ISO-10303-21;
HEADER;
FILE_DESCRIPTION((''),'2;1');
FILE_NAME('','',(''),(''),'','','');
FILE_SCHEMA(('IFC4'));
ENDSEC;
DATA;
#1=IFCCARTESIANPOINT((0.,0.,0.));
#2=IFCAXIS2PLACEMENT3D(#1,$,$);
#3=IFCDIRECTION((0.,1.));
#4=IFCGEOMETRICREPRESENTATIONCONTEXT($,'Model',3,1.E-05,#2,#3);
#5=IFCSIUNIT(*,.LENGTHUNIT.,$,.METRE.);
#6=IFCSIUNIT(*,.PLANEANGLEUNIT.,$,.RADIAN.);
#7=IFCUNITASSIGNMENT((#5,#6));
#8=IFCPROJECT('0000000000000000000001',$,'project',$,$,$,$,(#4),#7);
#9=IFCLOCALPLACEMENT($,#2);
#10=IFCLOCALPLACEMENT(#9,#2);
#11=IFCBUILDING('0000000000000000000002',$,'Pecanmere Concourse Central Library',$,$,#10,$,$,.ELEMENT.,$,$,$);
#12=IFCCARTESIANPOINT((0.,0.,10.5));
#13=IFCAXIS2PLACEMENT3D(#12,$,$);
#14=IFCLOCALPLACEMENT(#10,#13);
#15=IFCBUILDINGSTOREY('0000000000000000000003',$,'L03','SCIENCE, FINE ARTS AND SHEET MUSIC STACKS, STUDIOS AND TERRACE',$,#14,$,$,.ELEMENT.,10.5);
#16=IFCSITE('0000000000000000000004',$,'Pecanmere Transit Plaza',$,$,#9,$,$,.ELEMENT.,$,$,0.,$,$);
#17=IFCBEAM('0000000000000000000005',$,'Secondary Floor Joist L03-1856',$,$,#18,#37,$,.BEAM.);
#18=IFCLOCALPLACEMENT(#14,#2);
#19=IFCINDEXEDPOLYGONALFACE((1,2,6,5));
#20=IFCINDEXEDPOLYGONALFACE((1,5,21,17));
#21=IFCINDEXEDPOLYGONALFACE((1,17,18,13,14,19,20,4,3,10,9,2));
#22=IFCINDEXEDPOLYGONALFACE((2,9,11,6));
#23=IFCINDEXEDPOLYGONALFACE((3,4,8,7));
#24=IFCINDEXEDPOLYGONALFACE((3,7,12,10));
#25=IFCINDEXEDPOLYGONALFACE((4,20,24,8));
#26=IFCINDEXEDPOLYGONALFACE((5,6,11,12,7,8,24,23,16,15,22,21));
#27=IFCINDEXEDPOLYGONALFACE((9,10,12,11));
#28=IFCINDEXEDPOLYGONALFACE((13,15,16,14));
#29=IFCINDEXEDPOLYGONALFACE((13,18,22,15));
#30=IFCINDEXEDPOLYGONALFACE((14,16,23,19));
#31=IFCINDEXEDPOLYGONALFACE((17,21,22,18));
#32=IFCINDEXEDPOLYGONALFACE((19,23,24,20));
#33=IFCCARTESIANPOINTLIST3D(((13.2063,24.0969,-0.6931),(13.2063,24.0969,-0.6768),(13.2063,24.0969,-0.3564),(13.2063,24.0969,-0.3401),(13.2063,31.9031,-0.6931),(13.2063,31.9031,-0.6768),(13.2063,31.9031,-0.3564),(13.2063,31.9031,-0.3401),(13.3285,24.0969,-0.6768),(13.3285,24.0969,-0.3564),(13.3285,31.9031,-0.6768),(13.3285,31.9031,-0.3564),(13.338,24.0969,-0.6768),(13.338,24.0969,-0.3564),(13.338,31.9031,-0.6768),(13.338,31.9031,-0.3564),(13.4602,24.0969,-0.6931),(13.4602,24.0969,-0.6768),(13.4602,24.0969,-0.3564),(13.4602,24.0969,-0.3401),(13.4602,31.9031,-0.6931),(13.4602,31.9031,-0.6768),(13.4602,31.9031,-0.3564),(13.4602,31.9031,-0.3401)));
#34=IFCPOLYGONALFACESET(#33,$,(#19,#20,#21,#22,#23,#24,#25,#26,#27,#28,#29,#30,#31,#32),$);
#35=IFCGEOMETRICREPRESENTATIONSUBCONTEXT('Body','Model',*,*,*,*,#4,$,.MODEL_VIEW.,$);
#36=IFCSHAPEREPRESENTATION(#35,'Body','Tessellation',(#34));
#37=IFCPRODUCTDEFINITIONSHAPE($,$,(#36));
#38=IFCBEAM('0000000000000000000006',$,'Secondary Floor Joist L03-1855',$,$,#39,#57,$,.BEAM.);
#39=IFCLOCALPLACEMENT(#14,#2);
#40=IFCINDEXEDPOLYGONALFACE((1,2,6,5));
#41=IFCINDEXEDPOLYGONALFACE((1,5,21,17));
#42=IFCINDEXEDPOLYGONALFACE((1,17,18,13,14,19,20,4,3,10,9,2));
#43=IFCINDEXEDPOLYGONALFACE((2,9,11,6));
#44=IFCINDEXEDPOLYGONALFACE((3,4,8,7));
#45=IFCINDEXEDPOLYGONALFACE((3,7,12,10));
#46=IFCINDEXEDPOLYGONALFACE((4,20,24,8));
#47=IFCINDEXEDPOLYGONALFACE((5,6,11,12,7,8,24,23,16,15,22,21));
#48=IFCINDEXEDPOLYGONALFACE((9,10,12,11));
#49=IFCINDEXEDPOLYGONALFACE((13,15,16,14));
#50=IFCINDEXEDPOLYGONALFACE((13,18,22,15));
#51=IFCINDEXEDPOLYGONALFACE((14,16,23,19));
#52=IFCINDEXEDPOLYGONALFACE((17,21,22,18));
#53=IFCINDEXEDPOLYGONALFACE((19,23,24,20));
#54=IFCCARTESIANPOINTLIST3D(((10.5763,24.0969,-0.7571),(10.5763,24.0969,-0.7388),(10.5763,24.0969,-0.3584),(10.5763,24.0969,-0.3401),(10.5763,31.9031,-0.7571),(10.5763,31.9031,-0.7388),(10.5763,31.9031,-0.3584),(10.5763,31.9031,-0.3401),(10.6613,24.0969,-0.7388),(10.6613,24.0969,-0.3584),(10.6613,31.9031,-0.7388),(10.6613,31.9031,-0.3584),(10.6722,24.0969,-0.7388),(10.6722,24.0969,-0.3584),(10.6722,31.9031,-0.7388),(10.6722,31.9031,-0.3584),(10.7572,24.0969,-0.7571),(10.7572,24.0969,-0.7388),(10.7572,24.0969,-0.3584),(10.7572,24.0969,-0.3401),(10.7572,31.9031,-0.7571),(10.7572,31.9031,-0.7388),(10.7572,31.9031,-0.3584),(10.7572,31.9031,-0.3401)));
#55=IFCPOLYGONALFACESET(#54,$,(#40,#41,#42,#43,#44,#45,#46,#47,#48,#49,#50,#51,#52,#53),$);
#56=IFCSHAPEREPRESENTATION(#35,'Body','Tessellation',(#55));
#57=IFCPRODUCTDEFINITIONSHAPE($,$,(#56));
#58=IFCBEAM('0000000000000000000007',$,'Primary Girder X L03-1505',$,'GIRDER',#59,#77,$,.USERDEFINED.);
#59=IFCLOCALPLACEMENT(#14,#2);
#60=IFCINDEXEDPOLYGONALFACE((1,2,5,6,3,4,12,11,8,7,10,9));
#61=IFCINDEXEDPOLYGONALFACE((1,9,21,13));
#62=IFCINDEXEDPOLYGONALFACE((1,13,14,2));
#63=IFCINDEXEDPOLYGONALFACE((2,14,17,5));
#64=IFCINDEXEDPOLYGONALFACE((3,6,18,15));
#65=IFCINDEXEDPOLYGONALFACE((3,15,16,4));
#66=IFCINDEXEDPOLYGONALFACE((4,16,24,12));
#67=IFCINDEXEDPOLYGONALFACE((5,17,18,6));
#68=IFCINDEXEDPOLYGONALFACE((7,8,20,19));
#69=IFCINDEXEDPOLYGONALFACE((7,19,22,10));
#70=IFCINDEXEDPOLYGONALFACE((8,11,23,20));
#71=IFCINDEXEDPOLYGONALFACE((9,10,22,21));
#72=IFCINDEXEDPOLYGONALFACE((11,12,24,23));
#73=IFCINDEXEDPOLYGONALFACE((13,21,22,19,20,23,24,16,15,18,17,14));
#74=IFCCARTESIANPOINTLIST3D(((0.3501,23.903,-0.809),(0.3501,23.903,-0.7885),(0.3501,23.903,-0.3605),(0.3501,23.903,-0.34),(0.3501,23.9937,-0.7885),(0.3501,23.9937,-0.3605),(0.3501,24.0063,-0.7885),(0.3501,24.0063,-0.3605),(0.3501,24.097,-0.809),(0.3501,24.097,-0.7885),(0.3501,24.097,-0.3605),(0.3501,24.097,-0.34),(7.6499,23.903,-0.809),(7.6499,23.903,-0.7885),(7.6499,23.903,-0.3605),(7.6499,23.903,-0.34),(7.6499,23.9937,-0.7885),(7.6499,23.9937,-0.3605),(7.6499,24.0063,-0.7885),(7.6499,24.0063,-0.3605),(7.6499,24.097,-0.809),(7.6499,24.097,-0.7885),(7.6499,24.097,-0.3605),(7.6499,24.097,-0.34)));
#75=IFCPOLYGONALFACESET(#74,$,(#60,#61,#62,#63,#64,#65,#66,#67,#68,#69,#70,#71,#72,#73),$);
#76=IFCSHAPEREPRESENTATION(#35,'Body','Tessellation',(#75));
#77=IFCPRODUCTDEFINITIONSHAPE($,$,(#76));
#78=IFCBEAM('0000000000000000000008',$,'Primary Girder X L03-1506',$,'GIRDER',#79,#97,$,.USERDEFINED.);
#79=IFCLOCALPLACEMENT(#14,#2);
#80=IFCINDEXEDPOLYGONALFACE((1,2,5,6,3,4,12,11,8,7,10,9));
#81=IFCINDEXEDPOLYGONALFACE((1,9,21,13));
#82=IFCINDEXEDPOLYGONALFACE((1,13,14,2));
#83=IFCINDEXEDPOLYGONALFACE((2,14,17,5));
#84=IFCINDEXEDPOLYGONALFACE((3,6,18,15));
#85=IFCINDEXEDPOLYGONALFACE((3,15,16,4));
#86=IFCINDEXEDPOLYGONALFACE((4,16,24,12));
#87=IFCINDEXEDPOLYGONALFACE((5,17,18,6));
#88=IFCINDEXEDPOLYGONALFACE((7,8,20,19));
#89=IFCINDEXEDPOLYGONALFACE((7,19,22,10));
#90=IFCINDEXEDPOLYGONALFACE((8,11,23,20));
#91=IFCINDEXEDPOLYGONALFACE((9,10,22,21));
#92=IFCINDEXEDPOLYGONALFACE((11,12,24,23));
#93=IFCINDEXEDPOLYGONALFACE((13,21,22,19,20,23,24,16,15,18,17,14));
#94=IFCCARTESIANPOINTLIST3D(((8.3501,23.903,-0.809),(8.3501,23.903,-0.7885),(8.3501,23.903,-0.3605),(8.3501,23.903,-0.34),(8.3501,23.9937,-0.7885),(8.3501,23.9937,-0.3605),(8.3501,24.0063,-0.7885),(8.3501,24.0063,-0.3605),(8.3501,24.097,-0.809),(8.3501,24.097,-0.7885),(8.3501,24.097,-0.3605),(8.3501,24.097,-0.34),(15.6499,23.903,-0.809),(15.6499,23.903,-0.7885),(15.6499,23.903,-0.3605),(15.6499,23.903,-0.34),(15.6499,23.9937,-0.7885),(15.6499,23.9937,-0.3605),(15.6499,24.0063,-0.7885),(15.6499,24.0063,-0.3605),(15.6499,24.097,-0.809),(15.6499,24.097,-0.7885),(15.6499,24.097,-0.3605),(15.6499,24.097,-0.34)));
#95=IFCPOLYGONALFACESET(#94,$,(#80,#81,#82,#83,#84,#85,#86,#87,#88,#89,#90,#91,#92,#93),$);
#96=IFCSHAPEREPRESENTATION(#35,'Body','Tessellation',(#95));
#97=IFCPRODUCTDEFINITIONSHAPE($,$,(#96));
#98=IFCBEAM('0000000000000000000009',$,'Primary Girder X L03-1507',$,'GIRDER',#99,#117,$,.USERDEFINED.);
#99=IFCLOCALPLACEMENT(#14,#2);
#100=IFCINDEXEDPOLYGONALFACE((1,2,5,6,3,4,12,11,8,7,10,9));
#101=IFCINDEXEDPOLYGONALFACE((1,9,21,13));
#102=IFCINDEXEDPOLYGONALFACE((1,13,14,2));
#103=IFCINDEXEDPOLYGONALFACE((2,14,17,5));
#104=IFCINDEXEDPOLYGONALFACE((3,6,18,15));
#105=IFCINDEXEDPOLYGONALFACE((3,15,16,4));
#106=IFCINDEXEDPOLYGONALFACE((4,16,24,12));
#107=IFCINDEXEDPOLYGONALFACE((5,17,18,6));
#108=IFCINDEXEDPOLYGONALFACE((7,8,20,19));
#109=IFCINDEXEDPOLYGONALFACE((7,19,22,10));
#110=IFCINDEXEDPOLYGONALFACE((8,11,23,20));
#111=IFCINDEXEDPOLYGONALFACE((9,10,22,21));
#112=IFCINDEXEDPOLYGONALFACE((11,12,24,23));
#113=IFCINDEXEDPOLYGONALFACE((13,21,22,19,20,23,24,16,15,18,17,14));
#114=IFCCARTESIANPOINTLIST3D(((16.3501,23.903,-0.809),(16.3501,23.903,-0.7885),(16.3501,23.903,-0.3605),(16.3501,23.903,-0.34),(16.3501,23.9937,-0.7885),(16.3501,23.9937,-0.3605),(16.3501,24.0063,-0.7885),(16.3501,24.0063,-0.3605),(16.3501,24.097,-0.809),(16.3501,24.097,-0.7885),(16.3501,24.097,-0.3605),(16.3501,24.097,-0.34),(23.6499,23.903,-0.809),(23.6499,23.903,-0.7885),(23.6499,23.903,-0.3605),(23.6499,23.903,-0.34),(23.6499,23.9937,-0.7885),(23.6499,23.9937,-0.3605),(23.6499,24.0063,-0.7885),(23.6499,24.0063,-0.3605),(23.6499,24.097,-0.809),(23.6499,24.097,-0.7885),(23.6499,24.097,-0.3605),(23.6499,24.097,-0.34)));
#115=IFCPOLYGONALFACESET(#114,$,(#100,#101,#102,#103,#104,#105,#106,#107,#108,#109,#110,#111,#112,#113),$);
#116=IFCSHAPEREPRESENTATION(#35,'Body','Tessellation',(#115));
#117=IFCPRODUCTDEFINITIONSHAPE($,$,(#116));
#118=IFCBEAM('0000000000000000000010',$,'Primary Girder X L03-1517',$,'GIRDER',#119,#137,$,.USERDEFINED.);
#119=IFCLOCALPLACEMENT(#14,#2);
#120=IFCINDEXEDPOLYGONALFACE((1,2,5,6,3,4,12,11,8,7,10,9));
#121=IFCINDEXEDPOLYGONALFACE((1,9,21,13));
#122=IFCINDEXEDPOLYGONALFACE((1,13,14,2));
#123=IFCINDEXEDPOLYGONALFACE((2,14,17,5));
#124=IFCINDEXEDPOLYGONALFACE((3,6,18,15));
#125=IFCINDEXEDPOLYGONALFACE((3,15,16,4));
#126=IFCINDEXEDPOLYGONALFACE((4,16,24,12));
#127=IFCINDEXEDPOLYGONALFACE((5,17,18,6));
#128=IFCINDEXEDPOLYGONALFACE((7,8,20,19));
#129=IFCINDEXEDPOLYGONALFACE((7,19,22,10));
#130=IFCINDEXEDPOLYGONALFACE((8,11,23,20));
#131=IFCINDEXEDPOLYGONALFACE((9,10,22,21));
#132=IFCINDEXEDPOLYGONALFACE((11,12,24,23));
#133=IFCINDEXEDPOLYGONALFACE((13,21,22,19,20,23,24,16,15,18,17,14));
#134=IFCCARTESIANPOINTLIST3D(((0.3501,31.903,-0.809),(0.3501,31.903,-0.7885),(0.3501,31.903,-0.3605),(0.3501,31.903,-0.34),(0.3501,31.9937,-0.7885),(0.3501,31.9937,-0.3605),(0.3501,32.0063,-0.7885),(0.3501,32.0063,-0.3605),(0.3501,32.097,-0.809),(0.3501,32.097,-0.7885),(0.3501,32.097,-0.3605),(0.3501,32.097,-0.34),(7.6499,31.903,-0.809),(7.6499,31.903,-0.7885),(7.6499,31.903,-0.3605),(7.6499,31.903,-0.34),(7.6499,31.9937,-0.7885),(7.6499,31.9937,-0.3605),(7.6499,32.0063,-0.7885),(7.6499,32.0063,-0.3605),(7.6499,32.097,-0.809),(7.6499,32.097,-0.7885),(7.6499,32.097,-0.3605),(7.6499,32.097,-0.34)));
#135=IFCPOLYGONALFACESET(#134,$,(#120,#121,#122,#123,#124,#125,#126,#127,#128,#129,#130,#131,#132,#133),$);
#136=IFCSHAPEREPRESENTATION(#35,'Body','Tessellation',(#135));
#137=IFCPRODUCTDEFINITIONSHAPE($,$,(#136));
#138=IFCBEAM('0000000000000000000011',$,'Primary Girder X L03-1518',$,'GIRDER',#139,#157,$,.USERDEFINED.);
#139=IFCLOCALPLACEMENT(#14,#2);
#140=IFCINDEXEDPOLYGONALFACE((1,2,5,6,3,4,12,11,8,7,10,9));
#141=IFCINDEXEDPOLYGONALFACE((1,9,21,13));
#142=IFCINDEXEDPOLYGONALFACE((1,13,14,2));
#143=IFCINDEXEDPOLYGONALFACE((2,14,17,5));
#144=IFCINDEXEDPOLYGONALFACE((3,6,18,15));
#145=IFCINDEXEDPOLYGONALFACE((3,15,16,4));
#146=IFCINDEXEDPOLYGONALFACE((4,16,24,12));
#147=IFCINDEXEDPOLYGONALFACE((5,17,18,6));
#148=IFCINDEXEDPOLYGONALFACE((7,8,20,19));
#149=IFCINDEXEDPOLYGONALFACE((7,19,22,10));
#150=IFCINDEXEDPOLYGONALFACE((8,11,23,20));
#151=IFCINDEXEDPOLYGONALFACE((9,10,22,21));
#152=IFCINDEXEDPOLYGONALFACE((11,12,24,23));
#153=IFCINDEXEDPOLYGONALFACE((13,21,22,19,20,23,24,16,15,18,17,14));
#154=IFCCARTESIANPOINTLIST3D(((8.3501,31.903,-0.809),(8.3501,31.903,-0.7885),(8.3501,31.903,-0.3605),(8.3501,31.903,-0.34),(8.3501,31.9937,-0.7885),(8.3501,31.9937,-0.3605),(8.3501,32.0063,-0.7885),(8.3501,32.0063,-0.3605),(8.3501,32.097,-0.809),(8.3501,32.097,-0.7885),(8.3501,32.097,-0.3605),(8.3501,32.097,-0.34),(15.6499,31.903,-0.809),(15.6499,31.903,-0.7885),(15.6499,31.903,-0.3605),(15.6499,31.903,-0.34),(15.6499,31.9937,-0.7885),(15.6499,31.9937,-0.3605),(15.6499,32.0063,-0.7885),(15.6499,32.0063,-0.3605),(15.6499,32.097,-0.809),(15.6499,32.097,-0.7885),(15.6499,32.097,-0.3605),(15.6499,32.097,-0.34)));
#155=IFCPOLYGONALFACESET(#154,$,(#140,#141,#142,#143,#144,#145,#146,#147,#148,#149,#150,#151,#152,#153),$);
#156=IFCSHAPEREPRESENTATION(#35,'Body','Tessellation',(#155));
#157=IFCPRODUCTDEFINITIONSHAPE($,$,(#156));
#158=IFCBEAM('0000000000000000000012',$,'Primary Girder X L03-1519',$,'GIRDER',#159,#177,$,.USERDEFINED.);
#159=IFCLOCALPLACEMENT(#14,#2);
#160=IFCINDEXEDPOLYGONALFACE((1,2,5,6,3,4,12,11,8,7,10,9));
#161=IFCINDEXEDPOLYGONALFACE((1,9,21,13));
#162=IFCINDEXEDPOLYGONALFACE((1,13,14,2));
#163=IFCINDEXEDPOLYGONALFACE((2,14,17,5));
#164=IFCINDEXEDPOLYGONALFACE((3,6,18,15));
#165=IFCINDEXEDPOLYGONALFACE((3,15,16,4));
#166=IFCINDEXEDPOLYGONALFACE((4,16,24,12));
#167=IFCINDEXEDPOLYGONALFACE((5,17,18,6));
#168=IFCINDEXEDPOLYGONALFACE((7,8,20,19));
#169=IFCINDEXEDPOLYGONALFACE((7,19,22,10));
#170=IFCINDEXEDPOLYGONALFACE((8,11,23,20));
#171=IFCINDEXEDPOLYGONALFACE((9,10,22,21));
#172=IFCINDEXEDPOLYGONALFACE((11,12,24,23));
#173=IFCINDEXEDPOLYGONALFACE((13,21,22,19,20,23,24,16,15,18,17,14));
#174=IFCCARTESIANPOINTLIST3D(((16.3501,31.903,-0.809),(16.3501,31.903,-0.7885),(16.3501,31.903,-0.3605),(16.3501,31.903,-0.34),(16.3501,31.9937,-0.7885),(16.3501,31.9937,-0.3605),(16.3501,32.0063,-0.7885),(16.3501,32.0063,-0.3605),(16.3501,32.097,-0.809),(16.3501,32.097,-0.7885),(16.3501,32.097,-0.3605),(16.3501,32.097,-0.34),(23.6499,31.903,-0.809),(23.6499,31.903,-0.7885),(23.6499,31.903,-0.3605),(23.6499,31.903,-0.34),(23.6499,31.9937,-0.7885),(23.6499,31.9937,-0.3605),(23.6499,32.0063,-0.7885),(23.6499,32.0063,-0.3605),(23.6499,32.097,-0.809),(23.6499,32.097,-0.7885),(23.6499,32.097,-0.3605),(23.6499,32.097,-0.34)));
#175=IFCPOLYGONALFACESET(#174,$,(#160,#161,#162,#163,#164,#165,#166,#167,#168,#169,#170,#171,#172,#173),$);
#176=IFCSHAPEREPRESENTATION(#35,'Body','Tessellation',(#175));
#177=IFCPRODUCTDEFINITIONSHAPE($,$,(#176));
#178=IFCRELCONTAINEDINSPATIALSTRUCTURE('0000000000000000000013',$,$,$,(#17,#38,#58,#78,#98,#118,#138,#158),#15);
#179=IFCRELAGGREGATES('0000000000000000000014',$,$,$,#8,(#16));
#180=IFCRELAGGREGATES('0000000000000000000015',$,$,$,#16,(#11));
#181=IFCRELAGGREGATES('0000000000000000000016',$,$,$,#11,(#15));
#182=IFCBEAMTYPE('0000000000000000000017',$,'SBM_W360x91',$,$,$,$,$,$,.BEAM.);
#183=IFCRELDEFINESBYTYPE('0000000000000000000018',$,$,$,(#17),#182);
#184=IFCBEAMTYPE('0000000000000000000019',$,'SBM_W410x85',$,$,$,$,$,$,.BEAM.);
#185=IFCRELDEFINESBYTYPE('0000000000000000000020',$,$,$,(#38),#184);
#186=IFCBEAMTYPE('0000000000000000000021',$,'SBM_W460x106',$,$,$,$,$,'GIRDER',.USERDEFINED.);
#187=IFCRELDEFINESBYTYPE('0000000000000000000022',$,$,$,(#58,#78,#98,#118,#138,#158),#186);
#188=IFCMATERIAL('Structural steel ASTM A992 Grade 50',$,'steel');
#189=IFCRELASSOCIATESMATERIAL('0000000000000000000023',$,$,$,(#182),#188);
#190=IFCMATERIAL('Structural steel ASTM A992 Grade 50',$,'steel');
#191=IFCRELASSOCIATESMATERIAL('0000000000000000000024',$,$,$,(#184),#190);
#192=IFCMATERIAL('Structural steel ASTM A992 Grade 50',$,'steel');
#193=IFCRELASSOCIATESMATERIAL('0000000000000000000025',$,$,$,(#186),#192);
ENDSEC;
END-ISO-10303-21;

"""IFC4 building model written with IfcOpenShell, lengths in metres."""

from ifc_helpers import new_model, si_unit, direction, frame, origin, origin_2d, place, context, subcontext, project, spatial, i_section, extrude, material, material_profile, profile_set, type_object, element, save


model = new_model("IFC4")

# Units and contexts
model_context = context("Model", 3, precision=1e-05, world=origin(), true_north=direction((0.0, 1.0)))
body_context = subcontext(model_context, "Body", "Model", "MODEL_VIEW")
ifc_project = project(units=[si_unit("LENGTHUNIT", "METRE"), si_unit("PLANEANGLEUNIT", "RADIAN")], contexts=[model_context])

# Site, building, storey
site_placement = place(None, origin())
site = spatial("IfcSite", under=ifc_project, at=site_placement, Name="Pecanmere Transit Plaza", CompositionType="ELEMENT", RefElevation=0.0)
building_placement = place(site_placement, origin())
building = spatial("IfcBuilding", under=site, at=building_placement, Name="Pecanmere Concourse Central Library", CompositionType="ELEMENT")
storey_placement = place(building_placement, frame((0.0, 0.0, 10.5)))
storey = spatial("IfcBuildingStorey", under=building, at=storey_placement, Name="L03", Description="SCIENCE, FINE ARTS AND SHEET MUSIC STACKS, STUDIOS AND TERRACE", CompositionType="ELEMENT", Elevation=10.5)

# Beams
ifc_material_1 = material(Name="Structural steel ASTM A992 Grade 50", Category="steel")
ifc_material_profile_1 = material_profile(ifc_material_1, i_section(OverallWidth=0.2539, OverallDepth=0.353, WebThickness=0.0095, FlangeThickness=0.0164, at=origin_2d()), Name="W360x91")
ifc_profile_set_1 = profile_set([ifc_material_profile_1], Name="Structural steel ASTM A992 Grade 50")
beam_type_1 = type_object("IfcBeamType", Name="SBM_W360x91", PredefinedType="BEAM", material=ifc_profile_set_1)
beam_1_placement = place(storey_placement, frame((13.3333, 24.0969, -0.5166), z_axis=(0.0, 1.0, 0.0), x_axis=(-1.0, 0.0, 0.0)))
element("IfcBeam", 1, at=beam_1_placement, inside=storey, type_object=beam_type_1, Name="Secondary Floor Joist L03-1856", PredefinedType="BEAM", context=body_context, shape_type="SweptSolid", body=[
    extrude(i_section(OverallWidth=0.2539, OverallDepth=0.353, WebThickness=0.0095, FlangeThickness=0.0164, at=origin_2d()), origin(), (0.0, 0.0, 1.0), 7.8062),
])
ifc_material_2 = material(Name="Structural steel ASTM A992 Grade 50", Category="steel")
ifc_material_profile_2 = material_profile(ifc_material_2, i_section(OverallWidth=0.1809, OverallDepth=0.417, WebThickness=0.011, FlangeThickness=0.0183, at=origin_2d()), Name="W410x85")
ifc_profile_set_2 = profile_set([ifc_material_profile_2], Name="Structural steel ASTM A992 Grade 50")
beam_type_2 = type_object("IfcBeamType", Name="SBM_W410x85", PredefinedType="BEAM", material=ifc_profile_set_2)
beam_2_placement = place(storey_placement, frame((10.6667, 24.0969, -0.5486), z_axis=(0.0, 1.0, 0.0), x_axis=(-1.0, 0.0, 0.0)))
element("IfcBeam", 2, at=beam_2_placement, inside=storey, type_object=beam_type_2, Name="Secondary Floor Joist L03-1855", PredefinedType="BEAM", context=body_context, shape_type="SweptSolid", body=[
    extrude(i_section(OverallWidth=0.1809, OverallDepth=0.417, WebThickness=0.011, FlangeThickness=0.0183, at=origin_2d()), origin(), (0.0, 0.0, 1.0), 7.8062),
])
ifc_material_3 = material(Name="Structural steel ASTM A992 Grade 50", Category="steel")
ifc_material_profile_3 = material_profile(ifc_material_3, i_section(OverallWidth=0.1941, OverallDepth=0.469, WebThickness=0.0127, FlangeThickness=0.0205, at=origin_2d()), Name="W460x106")
ifc_profile_set_3 = profile_set([ifc_material_profile_3], Name="Structural steel ASTM A992 Grade 50")
beam_type_3 = type_object("IfcBeamType", Name="SBM_W460x106", ElementType="GIRDER", PredefinedType="USERDEFINED", material=ifc_profile_set_3)
for number, where, z_axis, x_axis, name in (
    (3, (0.3501, 24.0, -0.5745), (1.0, 0.0, 0.0), (0.0, 1.0, 0.0), "Primary Girder X L03-1505"),
    (4, (8.3501, 24.0, -0.5745), (1.0, 0.0, 0.0), (0.0, 1.0, 0.0), "Primary Girder X L03-1506"),
    (5, (16.3501, 24.0, -0.5745), (1.0, 0.0, 0.0), (0.0, 1.0, 0.0), "Primary Girder X L03-1507"),
    (6, (0.3501, 32.0, -0.5745), (1.0, 0.0, 0.0), (0.0, 1.0, 0.0), "Primary Girder X L03-1517"),
    (7, (8.3501, 32.0, -0.5745), (1.0, 0.0, 0.0), (0.0, 1.0, 0.0), "Primary Girder X L03-1518"),
    (8, (16.3501, 32.0, -0.5745), (1.0, 0.0, 0.0), (0.0, 1.0, 0.0), "Primary Girder X L03-1519"),
):
    element("IfcBeam", number, at=place(storey_placement, frame(where, z_axis=z_axis, x_axis=x_axis)), inside=storey, type_object=beam_type_3, Name=name, ObjectType="GIRDER", PredefinedType="USERDEFINED", context=body_context, shape_type="SweptSolid", body=[
        extrude(i_section(OverallWidth=0.1941, OverallDepth=0.469, WebThickness=0.0127, FlangeThickness=0.0205, at=origin_2d()), origin(), (0.0, 0.0, 1.0), 7.2998),
    ])

save(model, "model.ifc")
